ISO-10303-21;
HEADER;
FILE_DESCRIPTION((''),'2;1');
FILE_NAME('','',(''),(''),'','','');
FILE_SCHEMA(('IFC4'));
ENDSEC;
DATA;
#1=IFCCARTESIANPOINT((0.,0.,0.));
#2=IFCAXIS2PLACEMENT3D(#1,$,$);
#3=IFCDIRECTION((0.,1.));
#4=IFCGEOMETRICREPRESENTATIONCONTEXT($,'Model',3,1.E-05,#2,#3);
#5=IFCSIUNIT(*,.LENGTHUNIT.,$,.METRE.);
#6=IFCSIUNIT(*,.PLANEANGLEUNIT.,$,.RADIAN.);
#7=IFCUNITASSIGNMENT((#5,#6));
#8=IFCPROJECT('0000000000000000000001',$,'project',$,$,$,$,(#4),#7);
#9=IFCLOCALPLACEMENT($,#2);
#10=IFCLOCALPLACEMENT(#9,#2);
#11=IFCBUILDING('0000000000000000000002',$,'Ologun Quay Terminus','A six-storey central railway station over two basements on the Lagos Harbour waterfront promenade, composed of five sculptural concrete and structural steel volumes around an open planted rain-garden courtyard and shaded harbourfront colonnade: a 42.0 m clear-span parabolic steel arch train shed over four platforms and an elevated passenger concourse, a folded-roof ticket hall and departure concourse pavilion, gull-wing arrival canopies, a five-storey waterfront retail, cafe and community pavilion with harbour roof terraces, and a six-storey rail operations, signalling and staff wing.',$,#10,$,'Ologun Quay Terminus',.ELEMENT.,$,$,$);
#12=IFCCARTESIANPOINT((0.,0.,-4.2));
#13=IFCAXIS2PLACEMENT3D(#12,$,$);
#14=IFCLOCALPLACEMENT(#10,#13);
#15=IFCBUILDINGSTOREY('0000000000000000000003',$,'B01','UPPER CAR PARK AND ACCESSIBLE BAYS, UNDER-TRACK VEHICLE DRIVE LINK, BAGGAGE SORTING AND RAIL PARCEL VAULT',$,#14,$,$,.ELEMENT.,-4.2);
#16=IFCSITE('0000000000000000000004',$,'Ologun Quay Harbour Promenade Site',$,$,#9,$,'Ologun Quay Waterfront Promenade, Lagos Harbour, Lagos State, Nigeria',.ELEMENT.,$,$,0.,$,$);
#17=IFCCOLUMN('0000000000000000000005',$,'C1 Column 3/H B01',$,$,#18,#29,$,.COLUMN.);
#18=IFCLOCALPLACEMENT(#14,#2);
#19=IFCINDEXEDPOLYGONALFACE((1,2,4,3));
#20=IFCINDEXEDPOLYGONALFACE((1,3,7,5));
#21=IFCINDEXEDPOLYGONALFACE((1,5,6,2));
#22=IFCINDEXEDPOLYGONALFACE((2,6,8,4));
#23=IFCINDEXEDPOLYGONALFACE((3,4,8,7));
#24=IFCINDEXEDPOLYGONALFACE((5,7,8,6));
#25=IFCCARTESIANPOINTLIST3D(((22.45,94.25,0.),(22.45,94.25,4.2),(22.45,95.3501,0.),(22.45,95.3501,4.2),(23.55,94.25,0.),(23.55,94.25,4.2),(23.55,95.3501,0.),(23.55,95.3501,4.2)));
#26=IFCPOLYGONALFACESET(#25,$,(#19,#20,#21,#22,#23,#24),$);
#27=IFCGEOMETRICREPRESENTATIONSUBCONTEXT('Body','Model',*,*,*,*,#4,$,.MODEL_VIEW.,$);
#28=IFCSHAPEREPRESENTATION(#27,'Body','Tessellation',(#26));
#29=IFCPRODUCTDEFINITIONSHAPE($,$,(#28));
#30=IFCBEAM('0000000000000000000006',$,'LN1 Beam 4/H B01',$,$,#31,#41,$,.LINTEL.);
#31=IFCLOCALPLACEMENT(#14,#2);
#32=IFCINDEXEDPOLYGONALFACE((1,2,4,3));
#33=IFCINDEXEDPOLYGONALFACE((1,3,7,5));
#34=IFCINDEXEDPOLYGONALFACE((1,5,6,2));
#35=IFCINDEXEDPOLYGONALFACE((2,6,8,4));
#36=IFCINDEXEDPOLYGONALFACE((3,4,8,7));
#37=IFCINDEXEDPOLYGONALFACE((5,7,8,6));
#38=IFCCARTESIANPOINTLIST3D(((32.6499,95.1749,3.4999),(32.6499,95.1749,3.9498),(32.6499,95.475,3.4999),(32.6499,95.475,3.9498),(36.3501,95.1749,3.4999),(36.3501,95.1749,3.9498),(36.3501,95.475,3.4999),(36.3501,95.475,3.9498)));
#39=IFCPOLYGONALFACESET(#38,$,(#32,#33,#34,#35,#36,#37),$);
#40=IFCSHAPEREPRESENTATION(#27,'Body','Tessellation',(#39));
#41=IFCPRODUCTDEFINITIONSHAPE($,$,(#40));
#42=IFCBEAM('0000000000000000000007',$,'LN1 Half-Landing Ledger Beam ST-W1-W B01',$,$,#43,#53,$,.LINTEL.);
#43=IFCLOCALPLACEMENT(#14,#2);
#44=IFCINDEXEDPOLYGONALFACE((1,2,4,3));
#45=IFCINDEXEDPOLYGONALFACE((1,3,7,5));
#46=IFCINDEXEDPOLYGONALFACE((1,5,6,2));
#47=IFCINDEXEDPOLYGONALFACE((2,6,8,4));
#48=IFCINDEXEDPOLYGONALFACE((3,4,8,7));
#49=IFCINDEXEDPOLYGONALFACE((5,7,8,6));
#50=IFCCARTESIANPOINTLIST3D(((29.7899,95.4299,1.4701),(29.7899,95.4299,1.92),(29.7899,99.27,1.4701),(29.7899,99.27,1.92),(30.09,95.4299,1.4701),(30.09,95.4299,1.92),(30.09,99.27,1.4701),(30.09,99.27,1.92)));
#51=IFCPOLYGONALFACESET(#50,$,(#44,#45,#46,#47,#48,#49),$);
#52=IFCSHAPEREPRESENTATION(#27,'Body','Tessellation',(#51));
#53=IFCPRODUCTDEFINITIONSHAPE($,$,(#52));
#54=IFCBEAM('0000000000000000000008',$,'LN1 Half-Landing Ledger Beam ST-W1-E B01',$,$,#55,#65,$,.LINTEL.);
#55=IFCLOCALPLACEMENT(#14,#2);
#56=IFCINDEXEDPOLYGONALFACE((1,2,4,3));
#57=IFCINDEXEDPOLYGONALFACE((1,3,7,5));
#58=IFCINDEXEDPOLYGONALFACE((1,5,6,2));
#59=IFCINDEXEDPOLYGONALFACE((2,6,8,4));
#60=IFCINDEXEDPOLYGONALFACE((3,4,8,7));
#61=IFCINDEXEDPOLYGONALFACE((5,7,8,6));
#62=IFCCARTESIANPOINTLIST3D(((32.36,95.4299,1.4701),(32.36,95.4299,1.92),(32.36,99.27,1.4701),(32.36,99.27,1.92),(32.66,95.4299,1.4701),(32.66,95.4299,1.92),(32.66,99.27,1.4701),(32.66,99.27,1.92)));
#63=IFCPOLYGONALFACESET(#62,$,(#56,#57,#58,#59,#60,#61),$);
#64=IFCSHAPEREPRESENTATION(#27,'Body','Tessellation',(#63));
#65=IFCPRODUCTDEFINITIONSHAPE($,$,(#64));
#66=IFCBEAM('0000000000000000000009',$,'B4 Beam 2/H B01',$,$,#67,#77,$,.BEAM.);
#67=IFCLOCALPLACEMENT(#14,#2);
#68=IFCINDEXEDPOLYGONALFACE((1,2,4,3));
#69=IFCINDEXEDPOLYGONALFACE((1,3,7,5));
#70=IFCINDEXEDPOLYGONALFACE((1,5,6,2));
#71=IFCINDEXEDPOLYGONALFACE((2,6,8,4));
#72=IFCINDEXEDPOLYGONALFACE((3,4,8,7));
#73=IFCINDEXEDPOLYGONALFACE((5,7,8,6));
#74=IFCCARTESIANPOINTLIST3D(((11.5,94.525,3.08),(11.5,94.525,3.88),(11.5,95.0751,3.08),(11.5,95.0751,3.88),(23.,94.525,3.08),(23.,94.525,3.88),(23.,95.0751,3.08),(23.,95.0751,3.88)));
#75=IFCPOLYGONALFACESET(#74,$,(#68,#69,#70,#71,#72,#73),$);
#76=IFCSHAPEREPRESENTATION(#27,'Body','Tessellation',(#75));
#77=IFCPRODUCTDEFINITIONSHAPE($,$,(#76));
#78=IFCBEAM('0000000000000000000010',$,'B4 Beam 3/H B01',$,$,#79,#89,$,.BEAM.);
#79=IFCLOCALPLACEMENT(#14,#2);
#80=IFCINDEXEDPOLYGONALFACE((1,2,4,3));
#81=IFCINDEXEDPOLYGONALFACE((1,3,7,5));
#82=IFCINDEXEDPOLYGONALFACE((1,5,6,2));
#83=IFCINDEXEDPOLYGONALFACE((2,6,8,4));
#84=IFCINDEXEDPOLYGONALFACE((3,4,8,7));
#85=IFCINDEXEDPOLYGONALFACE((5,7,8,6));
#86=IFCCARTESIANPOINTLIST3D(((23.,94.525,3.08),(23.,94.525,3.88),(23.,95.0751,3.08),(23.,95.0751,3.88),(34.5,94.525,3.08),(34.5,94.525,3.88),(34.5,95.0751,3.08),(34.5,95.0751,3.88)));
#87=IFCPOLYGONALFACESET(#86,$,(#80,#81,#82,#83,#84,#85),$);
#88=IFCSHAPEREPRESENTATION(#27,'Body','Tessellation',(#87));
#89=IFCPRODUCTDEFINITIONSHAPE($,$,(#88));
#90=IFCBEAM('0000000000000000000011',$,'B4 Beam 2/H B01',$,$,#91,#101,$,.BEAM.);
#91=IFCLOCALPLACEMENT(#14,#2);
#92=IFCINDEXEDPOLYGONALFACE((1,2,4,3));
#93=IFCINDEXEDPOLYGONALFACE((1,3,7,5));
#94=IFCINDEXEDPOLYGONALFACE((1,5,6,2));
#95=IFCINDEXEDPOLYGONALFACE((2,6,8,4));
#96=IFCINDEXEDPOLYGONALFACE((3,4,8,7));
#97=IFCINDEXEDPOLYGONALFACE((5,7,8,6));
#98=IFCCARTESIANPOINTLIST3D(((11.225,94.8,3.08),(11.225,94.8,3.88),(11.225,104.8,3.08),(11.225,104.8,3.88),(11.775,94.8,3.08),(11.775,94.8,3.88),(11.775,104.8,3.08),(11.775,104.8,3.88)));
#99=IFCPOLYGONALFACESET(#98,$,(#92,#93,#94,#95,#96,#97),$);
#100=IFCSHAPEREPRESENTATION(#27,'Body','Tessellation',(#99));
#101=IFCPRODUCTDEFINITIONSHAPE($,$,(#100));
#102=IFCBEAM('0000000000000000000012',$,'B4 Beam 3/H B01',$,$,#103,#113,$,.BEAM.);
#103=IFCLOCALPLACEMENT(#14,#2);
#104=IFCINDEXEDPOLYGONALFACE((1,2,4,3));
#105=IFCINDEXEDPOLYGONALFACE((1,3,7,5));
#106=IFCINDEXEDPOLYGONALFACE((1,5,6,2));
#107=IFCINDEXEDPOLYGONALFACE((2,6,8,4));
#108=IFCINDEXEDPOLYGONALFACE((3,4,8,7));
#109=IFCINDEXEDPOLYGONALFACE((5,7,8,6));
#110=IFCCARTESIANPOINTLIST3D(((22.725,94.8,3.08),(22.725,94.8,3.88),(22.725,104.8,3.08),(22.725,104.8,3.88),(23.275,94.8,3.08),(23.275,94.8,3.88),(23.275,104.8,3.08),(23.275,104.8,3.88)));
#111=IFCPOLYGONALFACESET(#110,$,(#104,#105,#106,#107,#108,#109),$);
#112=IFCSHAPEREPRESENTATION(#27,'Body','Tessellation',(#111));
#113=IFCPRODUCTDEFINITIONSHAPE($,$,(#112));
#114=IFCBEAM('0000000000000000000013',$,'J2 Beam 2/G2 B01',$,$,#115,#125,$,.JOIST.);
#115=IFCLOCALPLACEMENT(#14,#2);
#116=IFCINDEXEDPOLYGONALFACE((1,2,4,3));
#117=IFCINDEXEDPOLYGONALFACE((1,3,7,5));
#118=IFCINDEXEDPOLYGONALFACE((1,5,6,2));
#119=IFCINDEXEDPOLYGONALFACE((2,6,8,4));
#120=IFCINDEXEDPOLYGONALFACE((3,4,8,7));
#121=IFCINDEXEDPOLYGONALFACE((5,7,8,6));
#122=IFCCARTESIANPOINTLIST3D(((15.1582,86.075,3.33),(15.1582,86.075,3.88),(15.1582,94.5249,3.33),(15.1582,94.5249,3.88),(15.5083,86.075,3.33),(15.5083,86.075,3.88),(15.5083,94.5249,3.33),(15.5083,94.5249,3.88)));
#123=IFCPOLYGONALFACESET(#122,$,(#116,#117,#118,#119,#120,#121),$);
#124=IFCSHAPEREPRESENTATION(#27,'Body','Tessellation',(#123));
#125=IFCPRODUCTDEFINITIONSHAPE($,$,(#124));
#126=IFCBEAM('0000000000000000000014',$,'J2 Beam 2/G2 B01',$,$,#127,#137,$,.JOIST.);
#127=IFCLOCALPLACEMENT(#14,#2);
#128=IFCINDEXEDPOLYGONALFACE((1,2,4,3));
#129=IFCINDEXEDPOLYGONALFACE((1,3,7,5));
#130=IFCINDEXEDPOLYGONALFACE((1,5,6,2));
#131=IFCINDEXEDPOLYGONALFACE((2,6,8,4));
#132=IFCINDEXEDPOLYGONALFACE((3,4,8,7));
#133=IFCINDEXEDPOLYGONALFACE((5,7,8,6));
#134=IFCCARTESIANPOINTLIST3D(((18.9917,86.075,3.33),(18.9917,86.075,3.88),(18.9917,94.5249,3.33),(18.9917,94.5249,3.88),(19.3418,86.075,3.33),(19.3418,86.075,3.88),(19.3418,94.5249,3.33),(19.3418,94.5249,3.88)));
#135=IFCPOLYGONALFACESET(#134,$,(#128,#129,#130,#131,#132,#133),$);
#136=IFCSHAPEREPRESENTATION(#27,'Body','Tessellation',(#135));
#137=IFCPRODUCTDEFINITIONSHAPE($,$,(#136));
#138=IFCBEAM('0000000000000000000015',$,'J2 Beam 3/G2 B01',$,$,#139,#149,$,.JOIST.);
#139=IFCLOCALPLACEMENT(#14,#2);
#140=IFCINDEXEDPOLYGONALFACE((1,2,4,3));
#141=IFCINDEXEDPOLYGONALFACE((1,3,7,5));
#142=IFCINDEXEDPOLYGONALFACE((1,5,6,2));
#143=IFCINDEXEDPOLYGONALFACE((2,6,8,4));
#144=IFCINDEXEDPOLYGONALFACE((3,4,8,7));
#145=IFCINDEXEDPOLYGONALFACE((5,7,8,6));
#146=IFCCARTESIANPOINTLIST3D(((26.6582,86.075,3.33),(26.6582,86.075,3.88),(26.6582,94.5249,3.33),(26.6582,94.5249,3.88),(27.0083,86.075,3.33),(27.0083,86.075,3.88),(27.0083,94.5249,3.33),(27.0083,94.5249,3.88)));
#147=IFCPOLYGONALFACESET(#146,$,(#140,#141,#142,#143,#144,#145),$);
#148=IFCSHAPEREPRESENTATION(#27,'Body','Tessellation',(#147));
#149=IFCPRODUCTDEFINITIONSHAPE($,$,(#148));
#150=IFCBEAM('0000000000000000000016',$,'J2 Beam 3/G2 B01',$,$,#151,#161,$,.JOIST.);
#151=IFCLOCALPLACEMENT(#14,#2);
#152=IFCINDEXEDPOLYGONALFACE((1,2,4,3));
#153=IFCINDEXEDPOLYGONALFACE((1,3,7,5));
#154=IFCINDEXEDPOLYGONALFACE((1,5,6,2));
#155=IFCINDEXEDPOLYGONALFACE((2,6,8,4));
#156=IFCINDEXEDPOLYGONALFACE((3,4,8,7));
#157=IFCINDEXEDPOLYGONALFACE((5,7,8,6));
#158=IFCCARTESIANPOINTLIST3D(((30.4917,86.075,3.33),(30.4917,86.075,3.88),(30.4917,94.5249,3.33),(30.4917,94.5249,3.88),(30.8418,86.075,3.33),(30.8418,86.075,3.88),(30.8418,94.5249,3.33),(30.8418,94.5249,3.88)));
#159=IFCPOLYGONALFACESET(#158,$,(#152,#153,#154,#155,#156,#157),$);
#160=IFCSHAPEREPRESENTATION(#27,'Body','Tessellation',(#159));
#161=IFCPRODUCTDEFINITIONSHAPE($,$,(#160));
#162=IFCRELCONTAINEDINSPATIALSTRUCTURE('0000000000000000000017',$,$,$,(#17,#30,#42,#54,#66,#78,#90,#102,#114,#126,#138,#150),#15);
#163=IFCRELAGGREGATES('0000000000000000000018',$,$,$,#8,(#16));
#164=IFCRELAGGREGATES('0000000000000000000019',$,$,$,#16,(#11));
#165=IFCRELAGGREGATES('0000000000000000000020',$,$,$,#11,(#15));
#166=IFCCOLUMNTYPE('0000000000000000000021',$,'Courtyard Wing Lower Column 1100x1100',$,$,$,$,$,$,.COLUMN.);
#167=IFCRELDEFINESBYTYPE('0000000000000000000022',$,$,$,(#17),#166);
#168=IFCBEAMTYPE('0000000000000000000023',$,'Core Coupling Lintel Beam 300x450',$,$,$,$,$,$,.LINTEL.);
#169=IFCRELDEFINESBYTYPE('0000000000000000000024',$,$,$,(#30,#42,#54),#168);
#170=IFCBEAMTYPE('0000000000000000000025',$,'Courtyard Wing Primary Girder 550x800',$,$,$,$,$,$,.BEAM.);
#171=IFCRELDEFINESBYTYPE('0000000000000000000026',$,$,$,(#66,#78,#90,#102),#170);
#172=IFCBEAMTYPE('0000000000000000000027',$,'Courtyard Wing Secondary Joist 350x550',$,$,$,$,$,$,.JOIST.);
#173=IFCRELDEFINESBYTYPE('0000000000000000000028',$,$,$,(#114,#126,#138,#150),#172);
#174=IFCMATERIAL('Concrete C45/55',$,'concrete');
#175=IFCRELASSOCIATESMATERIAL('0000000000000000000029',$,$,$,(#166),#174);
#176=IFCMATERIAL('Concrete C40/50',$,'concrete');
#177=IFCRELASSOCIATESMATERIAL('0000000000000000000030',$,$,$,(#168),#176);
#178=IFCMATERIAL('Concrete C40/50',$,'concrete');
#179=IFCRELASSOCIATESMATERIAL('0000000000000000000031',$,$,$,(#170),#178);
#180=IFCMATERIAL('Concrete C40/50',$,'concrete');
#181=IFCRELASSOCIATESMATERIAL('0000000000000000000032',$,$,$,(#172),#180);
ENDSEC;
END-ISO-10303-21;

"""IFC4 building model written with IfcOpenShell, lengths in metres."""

from ifc_helpers import new_model, si_unit, direction, frame, origin, origin_2d, place, context, subcontext, project, spatial, rectangle, extrude, material, material_profile, profile_set, type_object, element, save


model = new_model("IFC4")

# Units and contexts
model_context = context("Model", 3, precision=1e-05, world=origin(), true_north=direction((0.0, 1.0)))
body_context = subcontext(model_context, "Body", "Model", "MODEL_VIEW")
ifc_project = project(units=[si_unit("LENGTHUNIT", "METRE"), si_unit("PLANEANGLEUNIT", "RADIAN")], contexts=[model_context])

# Site, building, storey
site_placement = place(None, origin())
site = spatial("IfcSite", under=ifc_project, at=site_placement, Name="Ologun Quay Harbour Promenade Site", LongName="Ologun Quay Waterfront Promenade, Lagos Harbour, Lagos State, Nigeria", CompositionType="ELEMENT", RefElevation=0.0)
building_placement = place(site_placement, origin())
building = spatial("IfcBuilding", under=site, at=building_placement, Name="Ologun Quay Terminus", Description="A six-storey central railway station over two basements on the Lagos Harbour waterfront promenade, composed of five sculptural concrete and structural steel volumes around an open planted rain-garden courtyard and shaded harbourfront colonnade: a 42.0 m clear-span parabolic steel arch train shed over four platforms and an elevated passenger concourse, a folded-roof ticket hall and departure concourse pavilion, gull-wing arrival canopies, a five-storey waterfront retail, cafe and community pavilion with harbour roof terraces, and a six-storey rail operations, signalling and staff wing.", LongName="Ologun Quay Terminus", CompositionType="ELEMENT")
storey_placement = place(building_placement, frame((0.0, 0.0, -4.2)))
storey = spatial("IfcBuildingStorey", under=building, at=storey_placement, Name="B01", Description="UPPER CAR PARK AND ACCESSIBLE BAYS, UNDER-TRACK VEHICLE DRIVE LINK, BAGGAGE SORTING AND RAIL PARCEL VAULT", CompositionType="ELEMENT", Elevation=-4.2)

# Column
ifc_material_1 = material(Name="Concrete C45/55", Category="concrete")
ifc_material_profile_1 = material_profile(ifc_material_1, rectangle(XDim=1.1001, YDim=1.1001, at=origin_2d()), Name="RC 1100x1100")
ifc_profile_set_1 = profile_set([ifc_material_profile_1], Name="Concrete C45/55")
column_type = type_object("IfcColumnType", Name="Courtyard Wing Lower Column 1100x1100", PredefinedType="COLUMN", material=ifc_profile_set_1)
column_placement = place(storey_placement, frame((23.0, 94.8, 0.0), z_axis=(0.0, 0.0, 1.0), x_axis=(1.0, 0.0, 0.0)))
element("IfcColumn", 1, at=column_placement, inside=storey, type_object=column_type, Name="C1 Column 3/H B01", PredefinedType="COLUMN", context=body_context, shape_type="SweptSolid", body=[
    extrude(rectangle(XDim=1.1001, YDim=1.1001, at=origin_2d()), origin(), (0.0, 0.0, 1.0), 4.2),
])

# Beams
ifc_material_2 = material(Name="Concrete C40/50", Category="concrete")
ifc_material_profile_2 = material_profile(ifc_material_2, rectangle(XDim=0.3, YDim=0.45, at=origin_2d()), Name="RC 300x450")
ifc_profile_set_2 = profile_set([ifc_material_profile_2], Name="Concrete C40/50")
beam_type_1 = type_object("IfcBeamType", Name="Core Coupling Lintel Beam 300x450", PredefinedType="LINTEL", material=ifc_profile_set_2)
beam_placement = place(storey_placement, frame((32.6499, 95.325, 3.7249), z_axis=(1.0, 0.0, 0.0), x_axis=(0.0, 1.0, 0.0)))
element("IfcBeam", 2, at=beam_placement, inside=storey, type_object=beam_type_1, Name="LN1 Beam 4/H B01", PredefinedType="LINTEL", context=body_context, shape_type="SweptSolid", body=[
    extrude(rectangle(XDim=0.3, YDim=0.45, at=origin_2d()), origin(), (0.0, 0.0, 1.0), 3.7002),
])
for number, where, z_axis, x_axis, name in (
    (3, (29.9399, 95.4299, 1.6951), (0.0, 1.0, 0.0), (-1.0, 0.0, 0.0), "LN1 Half-Landing Ledger Beam ST-W1-W B01"),
    (4, (32.51, 95.4299, 1.6951), (0.0, 1.0, 0.0), (-1.0, 0.0, 0.0), "LN1 Half-Landing Ledger Beam ST-W1-E B01"),
):
    element("IfcBeam", number, at=place(storey_placement, frame(where, z_axis=z_axis, x_axis=x_axis)), inside=storey, type_object=beam_type_1, Name=name, PredefinedType="LINTEL", context=body_context, shape_type="SweptSolid", body=[
        extrude(rectangle(XDim=0.3, YDim=0.45, at=origin_2d()), origin(), (0.0, 0.0, 1.0), 3.8401),
    ])
ifc_material_3 = material(Name="Concrete C40/50", Category="concrete")
ifc_material_profile_3 = material_profile(ifc_material_3, rectangle(XDim=0.55, YDim=0.8, at=origin_2d()), Name="RC 550x800")
ifc_profile_set_3 = profile_set([ifc_material_profile_3], Name="Concrete C40/50")
beam_type_2 = type_object("IfcBeamType", Name="Courtyard Wing Primary Girder 550x800", PredefinedType="BEAM", material=ifc_profile_set_3)
for number, where, z_axis, x_axis, name in (
    (5, (11.5, 94.8, 3.48), (1.0, 0.0, 0.0), (0.0, 1.0, 0.0), "B4 Beam 2/H B01"),
    (6, (23.0, 94.8, 3.48), (1.0, 0.0, 0.0), (0.0, 1.0, 0.0), "B4 Beam 3/H B01"),
):
    element("IfcBeam", number, at=place(storey_placement, frame(where, z_axis=z_axis, x_axis=x_axis)), inside=storey, type_object=beam_type_2, Name=name, PredefinedType="BEAM", context=body_context, shape_type="SweptSolid", body=[
        extrude(rectangle(XDim=0.55, YDim=0.8, at=origin_2d()), origin(), (0.0, 0.0, 1.0), 11.5),
    ])
for number, where, z_axis, x_axis, name in (
    (7, (11.5, 94.8, 3.48), (0.0, 1.0, 0.0), (-1.0, 0.0, 0.0), "B4 Beam 2/H B01"),
    (8, (23.0, 94.8, 3.48), (0.0, 1.0, 0.0), (-1.0, 0.0, 0.0), "B4 Beam 3/H B01"),
):
    element("IfcBeam", number, at=place(storey_placement, frame(where, z_axis=z_axis, x_axis=x_axis)), inside=storey, type_object=beam_type_2, Name=name, PredefinedType="BEAM", context=body_context, shape_type="SweptSolid", body=[
        extrude(rectangle(XDim=0.55, YDim=0.8, at=origin_2d()), origin(), (0.0, 0.0, 1.0), 10.0),
    ])
ifc_material_4 = material(Name="Concrete C40/50", Category="concrete")
ifc_material_profile_4 = material_profile(ifc_material_4, rectangle(XDim=0.3501, YDim=0.55, at=origin_2d()), Name="RC 350x550")
ifc_profile_set_4 = profile_set([ifc_material_profile_4], Name="Concrete C40/50")
beam_type_3 = type_object("IfcBeamType", Name="Courtyard Wing Secondary Joist 350x550", PredefinedType="JOIST", material=ifc_profile_set_4)
for number, where, z_axis, x_axis, name in (
    (9, (15.3333, 86.075, 3.605), (0.0, 1.0, 0.0), (-1.0, 0.0, 0.0), "J2 Beam 2/G2 B01"),
    (10, (19.1667, 86.075, 3.605), (0.0, 1.0, 0.0), (-1.0, 0.0, 0.0), "J2 Beam 2/G2 B01"),
    (11, (26.8333, 86.075, 3.605), (0.0, 1.0, 0.0), (-1.0, 0.0, 0.0), "J2 Beam 3/G2 B01"),
    (12, (30.6667, 86.075, 3.605), (0.0, 1.0, 0.0), (-1.0, 0.0, 0.0), "J2 Beam 3/G2 B01"),
):
    element("IfcBeam", number, at=place(storey_placement, frame(where, z_axis=z_axis, x_axis=x_axis)), inside=storey, type_object=beam_type_3, Name=name, PredefinedType="JOIST", context=body_context, shape_type="SweptSolid", body=[
        extrude(rectangle(XDim=0.3501, YDim=0.55, at=origin_2d()), origin(), (0.0, 0.0, 1.0), 8.45),
    ])

save(model, "model.ifc")
